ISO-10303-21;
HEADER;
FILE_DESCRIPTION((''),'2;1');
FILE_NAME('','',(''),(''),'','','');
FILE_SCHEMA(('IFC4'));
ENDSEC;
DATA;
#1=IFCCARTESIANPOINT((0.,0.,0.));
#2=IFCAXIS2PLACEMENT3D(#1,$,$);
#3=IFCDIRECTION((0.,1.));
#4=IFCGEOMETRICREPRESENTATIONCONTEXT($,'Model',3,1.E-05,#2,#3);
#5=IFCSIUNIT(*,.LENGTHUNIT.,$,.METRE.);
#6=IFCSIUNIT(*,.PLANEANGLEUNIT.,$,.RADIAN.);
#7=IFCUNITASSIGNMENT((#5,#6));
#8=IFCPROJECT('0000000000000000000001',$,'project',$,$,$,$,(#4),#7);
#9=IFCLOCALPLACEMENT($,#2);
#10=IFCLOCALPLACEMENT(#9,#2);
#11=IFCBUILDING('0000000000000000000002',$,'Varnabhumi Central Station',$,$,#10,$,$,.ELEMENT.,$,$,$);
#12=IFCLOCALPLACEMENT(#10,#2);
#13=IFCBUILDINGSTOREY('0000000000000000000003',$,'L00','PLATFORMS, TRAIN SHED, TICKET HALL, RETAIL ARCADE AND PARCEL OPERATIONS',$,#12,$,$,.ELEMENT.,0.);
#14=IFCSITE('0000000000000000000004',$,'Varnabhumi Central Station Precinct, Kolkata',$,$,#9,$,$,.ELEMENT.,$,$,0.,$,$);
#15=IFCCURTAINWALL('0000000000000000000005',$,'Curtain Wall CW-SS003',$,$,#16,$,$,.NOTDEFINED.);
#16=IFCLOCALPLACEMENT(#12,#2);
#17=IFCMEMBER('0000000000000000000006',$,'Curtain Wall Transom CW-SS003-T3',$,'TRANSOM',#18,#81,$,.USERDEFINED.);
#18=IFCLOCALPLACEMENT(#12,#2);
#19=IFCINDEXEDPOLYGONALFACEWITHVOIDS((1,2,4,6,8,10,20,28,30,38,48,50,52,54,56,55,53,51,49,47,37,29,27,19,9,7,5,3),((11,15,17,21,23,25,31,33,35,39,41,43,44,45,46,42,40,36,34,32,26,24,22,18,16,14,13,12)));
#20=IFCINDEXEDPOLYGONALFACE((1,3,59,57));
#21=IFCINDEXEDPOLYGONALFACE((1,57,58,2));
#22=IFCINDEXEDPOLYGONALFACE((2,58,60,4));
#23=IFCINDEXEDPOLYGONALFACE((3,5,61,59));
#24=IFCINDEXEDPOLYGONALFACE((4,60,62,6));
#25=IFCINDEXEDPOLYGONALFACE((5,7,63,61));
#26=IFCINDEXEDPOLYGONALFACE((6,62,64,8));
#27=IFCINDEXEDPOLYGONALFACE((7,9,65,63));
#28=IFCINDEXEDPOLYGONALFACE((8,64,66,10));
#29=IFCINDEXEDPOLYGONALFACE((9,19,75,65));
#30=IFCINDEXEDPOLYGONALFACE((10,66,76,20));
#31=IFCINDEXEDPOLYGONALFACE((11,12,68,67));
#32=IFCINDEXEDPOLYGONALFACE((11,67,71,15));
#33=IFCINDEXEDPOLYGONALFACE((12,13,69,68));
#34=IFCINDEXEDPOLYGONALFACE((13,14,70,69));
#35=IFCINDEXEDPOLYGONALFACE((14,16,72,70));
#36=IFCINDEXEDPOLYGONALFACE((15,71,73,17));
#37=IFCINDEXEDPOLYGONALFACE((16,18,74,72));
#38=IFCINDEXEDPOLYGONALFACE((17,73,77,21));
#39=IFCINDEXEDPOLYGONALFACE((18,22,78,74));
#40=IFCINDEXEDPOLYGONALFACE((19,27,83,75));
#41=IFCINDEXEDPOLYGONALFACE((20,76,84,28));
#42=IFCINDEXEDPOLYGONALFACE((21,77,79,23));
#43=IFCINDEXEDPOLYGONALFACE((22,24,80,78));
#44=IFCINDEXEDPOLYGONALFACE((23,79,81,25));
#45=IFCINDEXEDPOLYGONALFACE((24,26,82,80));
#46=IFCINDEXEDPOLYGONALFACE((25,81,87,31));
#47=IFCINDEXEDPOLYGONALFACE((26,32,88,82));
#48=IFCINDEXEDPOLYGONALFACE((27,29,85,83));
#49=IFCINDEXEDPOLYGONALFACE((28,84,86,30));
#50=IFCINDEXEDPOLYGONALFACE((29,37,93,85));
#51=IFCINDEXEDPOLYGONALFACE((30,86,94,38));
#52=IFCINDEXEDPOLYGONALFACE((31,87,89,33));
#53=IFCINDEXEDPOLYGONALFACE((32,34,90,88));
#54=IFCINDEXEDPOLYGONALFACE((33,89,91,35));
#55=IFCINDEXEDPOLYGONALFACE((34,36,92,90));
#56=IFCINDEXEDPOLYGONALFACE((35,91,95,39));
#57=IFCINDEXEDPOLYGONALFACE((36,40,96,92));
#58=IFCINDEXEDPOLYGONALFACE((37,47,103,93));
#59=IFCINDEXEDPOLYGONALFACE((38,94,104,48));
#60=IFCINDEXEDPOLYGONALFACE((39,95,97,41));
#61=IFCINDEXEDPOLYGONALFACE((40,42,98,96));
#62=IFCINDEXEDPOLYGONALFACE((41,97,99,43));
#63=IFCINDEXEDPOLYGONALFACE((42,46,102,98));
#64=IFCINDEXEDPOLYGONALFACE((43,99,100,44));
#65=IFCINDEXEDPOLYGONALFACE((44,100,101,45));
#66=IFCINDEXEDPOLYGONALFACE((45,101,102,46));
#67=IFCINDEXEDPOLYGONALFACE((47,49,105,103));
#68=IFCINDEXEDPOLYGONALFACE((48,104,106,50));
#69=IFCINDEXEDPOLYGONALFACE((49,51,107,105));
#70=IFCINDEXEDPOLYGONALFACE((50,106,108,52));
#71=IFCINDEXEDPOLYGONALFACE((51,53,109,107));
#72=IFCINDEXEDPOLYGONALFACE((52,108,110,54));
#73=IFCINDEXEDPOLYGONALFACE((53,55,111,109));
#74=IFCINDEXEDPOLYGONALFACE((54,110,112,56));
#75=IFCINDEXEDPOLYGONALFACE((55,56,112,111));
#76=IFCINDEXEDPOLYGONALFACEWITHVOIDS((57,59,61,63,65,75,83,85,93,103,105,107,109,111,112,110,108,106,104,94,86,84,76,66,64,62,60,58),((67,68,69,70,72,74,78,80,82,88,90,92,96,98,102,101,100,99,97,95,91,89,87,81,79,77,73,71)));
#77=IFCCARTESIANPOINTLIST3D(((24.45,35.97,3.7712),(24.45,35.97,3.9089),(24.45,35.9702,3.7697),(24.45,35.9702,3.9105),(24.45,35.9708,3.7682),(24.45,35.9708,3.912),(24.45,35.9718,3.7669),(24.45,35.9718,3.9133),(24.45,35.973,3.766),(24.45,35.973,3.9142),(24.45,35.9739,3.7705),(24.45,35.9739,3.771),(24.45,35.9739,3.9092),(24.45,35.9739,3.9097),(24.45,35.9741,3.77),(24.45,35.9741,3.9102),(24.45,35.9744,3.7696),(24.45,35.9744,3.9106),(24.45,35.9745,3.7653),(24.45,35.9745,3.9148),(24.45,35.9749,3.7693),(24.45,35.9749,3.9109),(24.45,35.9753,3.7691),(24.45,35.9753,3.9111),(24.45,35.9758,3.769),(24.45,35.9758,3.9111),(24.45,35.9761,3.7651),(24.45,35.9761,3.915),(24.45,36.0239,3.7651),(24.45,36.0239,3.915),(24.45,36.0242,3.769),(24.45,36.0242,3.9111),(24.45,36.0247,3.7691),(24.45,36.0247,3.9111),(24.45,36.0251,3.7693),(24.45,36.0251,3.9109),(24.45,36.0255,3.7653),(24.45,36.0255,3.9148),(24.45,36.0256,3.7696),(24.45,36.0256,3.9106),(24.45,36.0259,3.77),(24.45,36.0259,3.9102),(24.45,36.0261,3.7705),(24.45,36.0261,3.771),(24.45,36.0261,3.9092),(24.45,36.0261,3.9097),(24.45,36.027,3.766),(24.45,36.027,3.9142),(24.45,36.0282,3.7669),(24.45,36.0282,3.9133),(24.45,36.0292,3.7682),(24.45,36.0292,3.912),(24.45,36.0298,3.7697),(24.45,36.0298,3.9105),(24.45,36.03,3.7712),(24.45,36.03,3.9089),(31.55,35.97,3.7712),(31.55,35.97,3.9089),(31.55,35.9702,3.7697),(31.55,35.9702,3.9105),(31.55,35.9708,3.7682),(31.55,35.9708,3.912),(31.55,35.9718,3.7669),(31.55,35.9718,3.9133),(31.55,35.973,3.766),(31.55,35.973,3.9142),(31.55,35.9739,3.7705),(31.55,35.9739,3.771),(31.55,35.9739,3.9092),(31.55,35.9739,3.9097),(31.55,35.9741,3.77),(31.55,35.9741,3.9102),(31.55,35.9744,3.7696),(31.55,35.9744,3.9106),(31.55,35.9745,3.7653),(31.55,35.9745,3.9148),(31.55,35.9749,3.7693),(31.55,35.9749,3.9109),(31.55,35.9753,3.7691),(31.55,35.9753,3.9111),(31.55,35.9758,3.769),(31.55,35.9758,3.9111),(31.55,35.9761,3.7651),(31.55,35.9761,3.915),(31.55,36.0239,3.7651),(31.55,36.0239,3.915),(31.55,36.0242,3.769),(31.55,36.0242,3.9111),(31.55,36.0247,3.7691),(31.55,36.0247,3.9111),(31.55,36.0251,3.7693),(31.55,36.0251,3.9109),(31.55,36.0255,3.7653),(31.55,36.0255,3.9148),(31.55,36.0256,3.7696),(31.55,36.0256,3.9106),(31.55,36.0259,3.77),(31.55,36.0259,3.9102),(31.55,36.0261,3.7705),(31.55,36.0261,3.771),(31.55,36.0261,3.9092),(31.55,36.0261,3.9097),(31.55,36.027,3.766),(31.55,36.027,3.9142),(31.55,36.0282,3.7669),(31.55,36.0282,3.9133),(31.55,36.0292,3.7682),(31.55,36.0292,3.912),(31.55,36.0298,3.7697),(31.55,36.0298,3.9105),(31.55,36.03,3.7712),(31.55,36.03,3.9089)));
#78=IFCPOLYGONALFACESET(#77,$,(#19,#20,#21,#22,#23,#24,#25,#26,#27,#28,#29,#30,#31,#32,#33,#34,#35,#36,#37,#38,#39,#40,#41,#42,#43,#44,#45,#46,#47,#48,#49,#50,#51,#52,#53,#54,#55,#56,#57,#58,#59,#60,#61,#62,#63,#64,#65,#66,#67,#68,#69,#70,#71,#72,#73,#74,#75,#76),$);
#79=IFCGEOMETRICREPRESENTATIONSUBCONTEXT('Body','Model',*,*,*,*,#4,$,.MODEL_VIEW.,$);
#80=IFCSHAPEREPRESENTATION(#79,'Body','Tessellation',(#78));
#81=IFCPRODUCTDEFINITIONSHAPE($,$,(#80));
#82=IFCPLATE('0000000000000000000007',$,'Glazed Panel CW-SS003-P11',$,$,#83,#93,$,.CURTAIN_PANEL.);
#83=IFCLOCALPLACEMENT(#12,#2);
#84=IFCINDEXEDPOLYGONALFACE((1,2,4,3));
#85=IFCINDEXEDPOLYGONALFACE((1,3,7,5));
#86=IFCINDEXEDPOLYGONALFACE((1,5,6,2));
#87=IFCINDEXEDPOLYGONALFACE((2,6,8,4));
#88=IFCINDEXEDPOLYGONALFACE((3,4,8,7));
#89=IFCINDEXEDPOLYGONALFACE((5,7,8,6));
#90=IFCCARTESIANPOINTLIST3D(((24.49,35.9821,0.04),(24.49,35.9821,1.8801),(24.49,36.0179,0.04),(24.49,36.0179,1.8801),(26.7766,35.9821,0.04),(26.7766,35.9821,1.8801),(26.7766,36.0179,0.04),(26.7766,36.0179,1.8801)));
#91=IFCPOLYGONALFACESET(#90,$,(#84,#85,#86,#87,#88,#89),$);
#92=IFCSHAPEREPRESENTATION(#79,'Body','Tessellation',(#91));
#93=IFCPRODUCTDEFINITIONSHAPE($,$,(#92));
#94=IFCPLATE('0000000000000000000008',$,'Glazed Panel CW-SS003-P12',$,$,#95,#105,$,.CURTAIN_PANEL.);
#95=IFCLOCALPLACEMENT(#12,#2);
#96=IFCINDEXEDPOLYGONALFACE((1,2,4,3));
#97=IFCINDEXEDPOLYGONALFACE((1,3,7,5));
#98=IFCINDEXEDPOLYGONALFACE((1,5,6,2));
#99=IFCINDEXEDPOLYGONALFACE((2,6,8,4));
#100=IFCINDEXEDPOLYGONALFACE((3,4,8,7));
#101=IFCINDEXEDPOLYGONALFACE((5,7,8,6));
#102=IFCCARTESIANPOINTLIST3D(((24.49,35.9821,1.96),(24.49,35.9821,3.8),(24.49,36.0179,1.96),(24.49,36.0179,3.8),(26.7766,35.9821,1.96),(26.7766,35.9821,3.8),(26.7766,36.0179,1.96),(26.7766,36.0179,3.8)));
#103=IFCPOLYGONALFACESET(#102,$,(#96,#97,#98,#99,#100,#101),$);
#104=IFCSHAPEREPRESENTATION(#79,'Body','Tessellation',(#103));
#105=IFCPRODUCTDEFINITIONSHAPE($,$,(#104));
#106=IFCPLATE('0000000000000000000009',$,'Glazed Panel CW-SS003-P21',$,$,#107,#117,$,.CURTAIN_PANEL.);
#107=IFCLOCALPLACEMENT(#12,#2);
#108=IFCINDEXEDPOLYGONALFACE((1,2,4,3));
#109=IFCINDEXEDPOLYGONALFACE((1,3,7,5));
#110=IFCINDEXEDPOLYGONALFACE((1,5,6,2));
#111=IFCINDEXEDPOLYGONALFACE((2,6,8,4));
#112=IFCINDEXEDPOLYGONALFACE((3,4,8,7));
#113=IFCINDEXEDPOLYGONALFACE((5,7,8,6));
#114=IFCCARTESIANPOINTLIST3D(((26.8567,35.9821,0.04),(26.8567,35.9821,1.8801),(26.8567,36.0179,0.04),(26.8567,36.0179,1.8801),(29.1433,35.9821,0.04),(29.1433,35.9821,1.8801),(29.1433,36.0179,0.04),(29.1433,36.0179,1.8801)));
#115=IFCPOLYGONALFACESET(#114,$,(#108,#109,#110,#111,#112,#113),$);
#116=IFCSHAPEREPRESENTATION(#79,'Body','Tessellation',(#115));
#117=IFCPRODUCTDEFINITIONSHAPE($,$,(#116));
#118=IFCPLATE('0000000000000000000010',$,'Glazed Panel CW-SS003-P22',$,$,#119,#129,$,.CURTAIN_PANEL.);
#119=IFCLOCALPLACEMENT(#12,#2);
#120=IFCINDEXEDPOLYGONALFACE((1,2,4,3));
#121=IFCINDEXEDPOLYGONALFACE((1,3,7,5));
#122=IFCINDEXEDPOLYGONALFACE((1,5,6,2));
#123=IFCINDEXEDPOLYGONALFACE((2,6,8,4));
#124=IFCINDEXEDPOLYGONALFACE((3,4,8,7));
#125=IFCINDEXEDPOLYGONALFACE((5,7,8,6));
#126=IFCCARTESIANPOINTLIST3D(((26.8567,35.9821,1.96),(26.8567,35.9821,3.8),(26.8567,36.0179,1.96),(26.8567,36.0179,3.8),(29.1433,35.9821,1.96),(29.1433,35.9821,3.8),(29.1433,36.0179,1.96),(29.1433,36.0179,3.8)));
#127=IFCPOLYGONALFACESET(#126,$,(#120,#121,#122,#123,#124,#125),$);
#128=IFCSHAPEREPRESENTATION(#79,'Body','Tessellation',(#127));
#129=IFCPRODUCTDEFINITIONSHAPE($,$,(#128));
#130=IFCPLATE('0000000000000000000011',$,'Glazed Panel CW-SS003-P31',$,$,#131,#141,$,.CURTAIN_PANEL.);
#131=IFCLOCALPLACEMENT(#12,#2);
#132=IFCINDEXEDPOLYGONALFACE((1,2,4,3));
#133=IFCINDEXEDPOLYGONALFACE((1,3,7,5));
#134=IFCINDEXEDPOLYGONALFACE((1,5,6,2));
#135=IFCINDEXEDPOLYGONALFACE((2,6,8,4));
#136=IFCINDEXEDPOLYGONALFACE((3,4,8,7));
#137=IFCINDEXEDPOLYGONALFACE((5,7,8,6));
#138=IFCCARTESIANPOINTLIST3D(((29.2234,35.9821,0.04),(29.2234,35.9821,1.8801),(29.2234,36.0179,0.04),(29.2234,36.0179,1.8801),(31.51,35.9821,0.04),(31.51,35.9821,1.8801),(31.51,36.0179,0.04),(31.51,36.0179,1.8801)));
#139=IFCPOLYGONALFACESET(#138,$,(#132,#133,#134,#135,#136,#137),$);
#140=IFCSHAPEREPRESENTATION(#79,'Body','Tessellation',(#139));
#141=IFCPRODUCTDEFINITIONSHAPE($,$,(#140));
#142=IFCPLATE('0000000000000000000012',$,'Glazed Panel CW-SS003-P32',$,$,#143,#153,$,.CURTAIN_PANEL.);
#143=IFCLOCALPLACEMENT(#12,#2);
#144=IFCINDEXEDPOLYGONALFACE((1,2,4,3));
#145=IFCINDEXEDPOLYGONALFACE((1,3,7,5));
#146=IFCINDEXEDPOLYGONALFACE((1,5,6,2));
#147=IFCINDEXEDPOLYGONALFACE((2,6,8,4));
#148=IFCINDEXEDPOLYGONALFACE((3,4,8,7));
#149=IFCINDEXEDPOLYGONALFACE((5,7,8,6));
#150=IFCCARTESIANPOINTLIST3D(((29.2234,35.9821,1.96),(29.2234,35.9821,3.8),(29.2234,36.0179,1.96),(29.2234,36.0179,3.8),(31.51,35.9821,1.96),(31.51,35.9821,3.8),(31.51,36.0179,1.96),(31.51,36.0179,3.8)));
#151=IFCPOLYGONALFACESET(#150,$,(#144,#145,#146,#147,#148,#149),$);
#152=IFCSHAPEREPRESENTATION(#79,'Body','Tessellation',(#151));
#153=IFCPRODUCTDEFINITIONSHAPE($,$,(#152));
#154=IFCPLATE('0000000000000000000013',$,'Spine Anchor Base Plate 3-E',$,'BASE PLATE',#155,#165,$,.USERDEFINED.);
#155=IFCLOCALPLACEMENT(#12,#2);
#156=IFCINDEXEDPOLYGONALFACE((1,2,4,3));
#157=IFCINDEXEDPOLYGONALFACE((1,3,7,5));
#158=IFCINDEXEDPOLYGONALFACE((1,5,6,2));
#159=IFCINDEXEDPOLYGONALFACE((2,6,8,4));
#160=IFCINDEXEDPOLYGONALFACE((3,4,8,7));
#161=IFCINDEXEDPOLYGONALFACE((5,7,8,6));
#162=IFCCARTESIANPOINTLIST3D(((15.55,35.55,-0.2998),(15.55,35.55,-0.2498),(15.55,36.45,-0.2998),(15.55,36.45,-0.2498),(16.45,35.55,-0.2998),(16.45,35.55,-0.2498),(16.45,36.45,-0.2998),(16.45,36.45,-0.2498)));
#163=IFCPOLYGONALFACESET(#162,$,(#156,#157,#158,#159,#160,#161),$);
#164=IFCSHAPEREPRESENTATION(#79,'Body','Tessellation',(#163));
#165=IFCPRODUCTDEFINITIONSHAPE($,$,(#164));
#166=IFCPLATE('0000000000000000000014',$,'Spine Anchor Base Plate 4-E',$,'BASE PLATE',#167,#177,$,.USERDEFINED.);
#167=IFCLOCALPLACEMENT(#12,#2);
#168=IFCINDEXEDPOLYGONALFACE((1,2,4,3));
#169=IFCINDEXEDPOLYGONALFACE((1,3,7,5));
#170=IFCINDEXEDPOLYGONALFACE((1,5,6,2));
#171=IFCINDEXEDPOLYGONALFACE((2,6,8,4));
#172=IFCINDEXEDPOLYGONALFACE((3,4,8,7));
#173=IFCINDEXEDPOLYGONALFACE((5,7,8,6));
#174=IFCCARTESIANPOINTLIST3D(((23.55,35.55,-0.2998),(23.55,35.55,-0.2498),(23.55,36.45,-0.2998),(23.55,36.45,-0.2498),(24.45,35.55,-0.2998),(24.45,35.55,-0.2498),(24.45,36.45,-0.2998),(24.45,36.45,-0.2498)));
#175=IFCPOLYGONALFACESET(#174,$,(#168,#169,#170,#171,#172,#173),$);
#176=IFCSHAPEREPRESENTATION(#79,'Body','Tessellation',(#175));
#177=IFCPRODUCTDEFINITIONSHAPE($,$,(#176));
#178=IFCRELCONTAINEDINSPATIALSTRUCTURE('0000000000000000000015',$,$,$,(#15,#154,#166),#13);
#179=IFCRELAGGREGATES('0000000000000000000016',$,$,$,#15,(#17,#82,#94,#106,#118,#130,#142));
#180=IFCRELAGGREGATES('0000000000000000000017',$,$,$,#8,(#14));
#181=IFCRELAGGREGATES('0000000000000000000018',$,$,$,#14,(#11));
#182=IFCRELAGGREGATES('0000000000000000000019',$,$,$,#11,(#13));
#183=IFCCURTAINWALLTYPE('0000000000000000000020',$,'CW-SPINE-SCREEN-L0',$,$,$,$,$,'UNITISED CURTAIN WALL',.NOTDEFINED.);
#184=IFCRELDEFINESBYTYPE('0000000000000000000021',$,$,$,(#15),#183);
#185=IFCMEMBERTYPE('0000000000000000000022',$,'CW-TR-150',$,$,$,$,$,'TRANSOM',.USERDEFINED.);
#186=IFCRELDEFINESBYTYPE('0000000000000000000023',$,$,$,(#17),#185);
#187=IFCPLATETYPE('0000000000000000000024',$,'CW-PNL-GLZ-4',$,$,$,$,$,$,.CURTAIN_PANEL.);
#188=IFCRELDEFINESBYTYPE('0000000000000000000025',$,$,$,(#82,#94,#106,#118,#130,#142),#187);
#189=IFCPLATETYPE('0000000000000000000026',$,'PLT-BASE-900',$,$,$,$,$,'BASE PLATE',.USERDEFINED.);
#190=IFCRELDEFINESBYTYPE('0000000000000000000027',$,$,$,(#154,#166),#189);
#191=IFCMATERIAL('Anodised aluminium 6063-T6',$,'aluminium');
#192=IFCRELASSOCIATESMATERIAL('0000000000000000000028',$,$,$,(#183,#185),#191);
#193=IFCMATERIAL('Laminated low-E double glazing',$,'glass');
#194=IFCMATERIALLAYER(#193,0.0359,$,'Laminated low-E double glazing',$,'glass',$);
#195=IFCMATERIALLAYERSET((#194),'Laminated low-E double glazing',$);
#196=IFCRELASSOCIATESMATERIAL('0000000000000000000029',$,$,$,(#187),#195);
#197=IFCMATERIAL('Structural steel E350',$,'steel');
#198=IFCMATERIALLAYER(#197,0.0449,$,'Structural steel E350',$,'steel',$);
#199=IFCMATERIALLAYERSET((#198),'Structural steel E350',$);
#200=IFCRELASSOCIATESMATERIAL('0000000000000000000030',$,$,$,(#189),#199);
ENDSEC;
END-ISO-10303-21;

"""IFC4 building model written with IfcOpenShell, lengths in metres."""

from ifc_helpers import new_model, si_unit, direction, frame, origin, origin_2d, place, context, subcontext, project, spatial, rectangle, hollow_rectangle, extrude, material, layer, layer_set, material_profile, profile_set, type_object, element, aggregate, save


model = new_model("IFC4")

# Units and contexts
model_context = context("Model", 3, precision=1e-05, world=origin(), true_north=direction((0.0, 1.0)))
body_context = subcontext(model_context, "Body", "Model", "MODEL_VIEW")
ifc_project = project(units=[si_unit("LENGTHUNIT", "METRE"), si_unit("PLANEANGLEUNIT", "RADIAN")], contexts=[model_context])

# Site, building, storey
site_placement = place(None, origin())
site = spatial("IfcSite", under=ifc_project, at=site_placement, Name="Varnabhumi Central Station Precinct, Kolkata", CompositionType="ELEMENT", RefElevation=0.0)
building_placement = place(site_placement, origin())
building = spatial("IfcBuilding", under=site, at=building_placement, Name="Varnabhumi Central Station", CompositionType="ELEMENT")
storey_placement = place(building_placement, origin())
storey = spatial("IfcBuildingStorey", under=building, at=storey_placement, Name="L00", Description="PLATFORMS, TRAIN SHED, TICKET HALL, RETAIL ARCADE AND PARCEL OPERATIONS", CompositionType="ELEMENT", Elevation=0.0)

# Curtain wall, member, plates
ifc_material_1 = material(Name="Anodised aluminium 6063-T6", Category="aluminium")
curtain_wall_type = type_object("IfcCurtainWallType", Name="CW-SPINE-SCREEN-L0", ElementType="UNITISED CURTAIN WALL", PredefinedType="NOTDEFINED", material=ifc_material_1)
curtain_wall_placement = place(storey_placement, origin())
curtain_wall = element("IfcCurtainWall", 1, at=curtain_wall_placement, inside=storey, type_object=curtain_wall_type, Name="Curtain Wall CW-SS003", PredefinedType="NOTDEFINED")
ifc_material_profile_1 = material_profile(ifc_material_1, hollow_rectangle(XDim=0.0601, YDim=0.1499, WallThickness=0.0039, InnerFilletRadius=0.002, OuterFilletRadius=0.0061, at=origin_2d()), Name="Anodised aluminium 6063-T6", Category="aluminium")
ifc_profile_set_1 = profile_set([ifc_material_profile_1], Name="Anodised aluminium 6063-T6")
member_type_1 = type_object("IfcMemberType", Name="CW-TR-150", ElementType="TRANSOM", PredefinedType="USERDEFINED", material=ifc_profile_set_1)
member_1_placement = place(storey_placement, frame((24.45, 36.0, 3.8401), z_axis=(1.0, 0.0, 0.0), x_axis=(0.0, 1.0, 0.0)))
member_1 = element("IfcMember", 2, at=member_1_placement, type_object=member_type_1, Name="Curtain Wall Transom CW-SS003-T3", ObjectType="TRANSOM", PredefinedType="USERDEFINED", context=body_context, shape_type="SweptSolid", body=[
    extrude(hollow_rectangle(XDim=0.0601, YDim=0.1499, WallThickness=0.0039, InnerFilletRadius=0.002, OuterFilletRadius=0.0061, at=origin_2d()), origin(), (0.0, 0.0, 1.0), 7.1001),
])
ifc_material_2 = material(Name="Laminated low-E double glazing", Category="glass")
ifc_layer_1 = layer(ifc_material_2, 0.0359, Name="Laminated low-E double glazing", Category="glass")
ifc_layer_set_1 = layer_set([ifc_layer_1], Name="Laminated low-E double glazing")
plate_type_1 = type_object("IfcPlateType", Name="CW-PNL-GLZ-4", PredefinedType="CURTAIN_PANEL", material=ifc_layer_set_1)
plate_1_placement = place(storey_placement, frame((25.6333, 36.0, 0.04), z_axis=(0.0, 0.0, 1.0), x_axis=(1.0, 0.0, 0.0)))
plate_1 = element("IfcPlate", 3, at=plate_1_placement, type_object=plate_type_1, Name="Glazed Panel CW-SS003-P11", PredefinedType="CURTAIN_PANEL", context=body_context, shape_type="SweptSolid", body=[
    extrude(rectangle(XDim=2.2866, YDim=0.0359, at=origin_2d()), origin(), (0.0, 0.0, 1.0), 1.8401),
])
plate_2_placement = place(storey_placement, frame((25.6333, 36.0, 1.96), z_axis=(0.0, 0.0, 1.0), x_axis=(1.0, 0.0, 0.0)))
plate_2 = element("IfcPlate", 4, at=plate_2_placement, type_object=plate_type_1, Name="Glazed Panel CW-SS003-P12", PredefinedType="CURTAIN_PANEL", context=body_context, shape_type="SweptSolid", body=[
    extrude(rectangle(XDim=2.2866, YDim=0.0359, at=origin_2d()), origin(), (0.0, 0.0, 1.0), 1.8401),
])
plate_3_placement = place(storey_placement, frame((28.0, 36.0, 0.04), z_axis=(0.0, 0.0, 1.0), x_axis=(1.0, 0.0, 0.0)))
plate_3 = element("IfcPlate", 5, at=plate_3_placement, type_object=plate_type_1, Name="Glazed Panel CW-SS003-P21", PredefinedType="CURTAIN_PANEL", context=body_context, shape_type="SweptSolid", body=[
    extrude(rectangle(XDim=2.2866, YDim=0.0359, at=origin_2d()), origin(), (0.0, 0.0, 1.0), 1.8401),
])
plate_4_placement = place(storey_placement, frame((28.0, 36.0, 1.96), z_axis=(0.0, 0.0, 1.0), x_axis=(1.0, 0.0, 0.0)))
plate_4 = element("IfcPlate", 6, at=plate_4_placement, type_object=plate_type_1, Name="Glazed Panel CW-SS003-P22", PredefinedType="CURTAIN_PANEL", context=body_context, shape_type="SweptSolid", body=[
    extrude(rectangle(XDim=2.2866, YDim=0.0359, at=origin_2d()), origin(), (0.0, 0.0, 1.0), 1.8401),
])
plate_5_placement = place(storey_placement, frame((30.3667, 36.0, 0.04), z_axis=(0.0, 0.0, 1.0), x_axis=(1.0, 0.0, 0.0)))
plate_5 = element("IfcPlate", 7, at=plate_5_placement, type_object=plate_type_1, Name="Glazed Panel CW-SS003-P31", PredefinedType="CURTAIN_PANEL", context=body_context, shape_type="SweptSolid", body=[
    extrude(rectangle(XDim=2.2866, YDim=0.0359, at=origin_2d()), origin(), (0.0, 0.0, 1.0), 1.8401),
])
plate_6_placement = place(storey_placement, frame((30.3667, 36.0, 1.96), z_axis=(0.0, 0.0, 1.0), x_axis=(1.0, 0.0, 0.0)))
plate_6 = element("IfcPlate", 8, at=plate_6_placement, type_object=plate_type_1, Name="Glazed Panel CW-SS003-P32", PredefinedType="CURTAIN_PANEL", context=body_context, shape_type="SweptSolid", body=[
    extrude(rectangle(XDim=2.2866, YDim=0.0359, at=origin_2d()), origin(), (0.0, 0.0, 1.0), 1.8401),
])
aggregate(curtain_wall, [member_1, plate_1, plate_2, plate_3, plate_4, plate_5, plate_6])

# Plates
ifc_material_3 = material(Name="Structural steel E350", Category="steel")
ifc_layer_2 = layer(ifc_material_3, 0.0449, Name="Structural steel E350", Category="steel")
ifc_layer_set_2 = layer_set([ifc_layer_2], Name="Structural steel E350")
plate_type_2 = type_object("IfcPlateType", Name="PLT-BASE-900", ElementType="BASE PLATE", PredefinedType="USERDEFINED", material=ifc_layer_set_2)
for number, where, z_axis, x_axis, name in (
    (9, (16.0, 36.0, -0.2998), (0.0, 0.0, 1.0), (1.0, 0.0, 0.0), "Spine Anchor Base Plate 3-E"),
    (10, (24.0, 36.0, -0.2998), (0.0, 0.0, 1.0), (1.0, 0.0, 0.0), "Spine Anchor Base Plate 4-E"),
):
    element("IfcPlate", number, at=place(storey_placement, frame(where, z_axis=z_axis, x_axis=x_axis)), inside=storey, type_object=plate_type_2, Name=name, ObjectType="BASE PLATE", PredefinedType="USERDEFINED", context=body_context, shape_type="SweptSolid", body=[
        extrude(rectangle(XDim=0.8999, YDim=0.8999, at=origin_2d()), origin(), (0.0, 0.0, 1.0), 0.05),
    ])

save(model, "model.ifc")
